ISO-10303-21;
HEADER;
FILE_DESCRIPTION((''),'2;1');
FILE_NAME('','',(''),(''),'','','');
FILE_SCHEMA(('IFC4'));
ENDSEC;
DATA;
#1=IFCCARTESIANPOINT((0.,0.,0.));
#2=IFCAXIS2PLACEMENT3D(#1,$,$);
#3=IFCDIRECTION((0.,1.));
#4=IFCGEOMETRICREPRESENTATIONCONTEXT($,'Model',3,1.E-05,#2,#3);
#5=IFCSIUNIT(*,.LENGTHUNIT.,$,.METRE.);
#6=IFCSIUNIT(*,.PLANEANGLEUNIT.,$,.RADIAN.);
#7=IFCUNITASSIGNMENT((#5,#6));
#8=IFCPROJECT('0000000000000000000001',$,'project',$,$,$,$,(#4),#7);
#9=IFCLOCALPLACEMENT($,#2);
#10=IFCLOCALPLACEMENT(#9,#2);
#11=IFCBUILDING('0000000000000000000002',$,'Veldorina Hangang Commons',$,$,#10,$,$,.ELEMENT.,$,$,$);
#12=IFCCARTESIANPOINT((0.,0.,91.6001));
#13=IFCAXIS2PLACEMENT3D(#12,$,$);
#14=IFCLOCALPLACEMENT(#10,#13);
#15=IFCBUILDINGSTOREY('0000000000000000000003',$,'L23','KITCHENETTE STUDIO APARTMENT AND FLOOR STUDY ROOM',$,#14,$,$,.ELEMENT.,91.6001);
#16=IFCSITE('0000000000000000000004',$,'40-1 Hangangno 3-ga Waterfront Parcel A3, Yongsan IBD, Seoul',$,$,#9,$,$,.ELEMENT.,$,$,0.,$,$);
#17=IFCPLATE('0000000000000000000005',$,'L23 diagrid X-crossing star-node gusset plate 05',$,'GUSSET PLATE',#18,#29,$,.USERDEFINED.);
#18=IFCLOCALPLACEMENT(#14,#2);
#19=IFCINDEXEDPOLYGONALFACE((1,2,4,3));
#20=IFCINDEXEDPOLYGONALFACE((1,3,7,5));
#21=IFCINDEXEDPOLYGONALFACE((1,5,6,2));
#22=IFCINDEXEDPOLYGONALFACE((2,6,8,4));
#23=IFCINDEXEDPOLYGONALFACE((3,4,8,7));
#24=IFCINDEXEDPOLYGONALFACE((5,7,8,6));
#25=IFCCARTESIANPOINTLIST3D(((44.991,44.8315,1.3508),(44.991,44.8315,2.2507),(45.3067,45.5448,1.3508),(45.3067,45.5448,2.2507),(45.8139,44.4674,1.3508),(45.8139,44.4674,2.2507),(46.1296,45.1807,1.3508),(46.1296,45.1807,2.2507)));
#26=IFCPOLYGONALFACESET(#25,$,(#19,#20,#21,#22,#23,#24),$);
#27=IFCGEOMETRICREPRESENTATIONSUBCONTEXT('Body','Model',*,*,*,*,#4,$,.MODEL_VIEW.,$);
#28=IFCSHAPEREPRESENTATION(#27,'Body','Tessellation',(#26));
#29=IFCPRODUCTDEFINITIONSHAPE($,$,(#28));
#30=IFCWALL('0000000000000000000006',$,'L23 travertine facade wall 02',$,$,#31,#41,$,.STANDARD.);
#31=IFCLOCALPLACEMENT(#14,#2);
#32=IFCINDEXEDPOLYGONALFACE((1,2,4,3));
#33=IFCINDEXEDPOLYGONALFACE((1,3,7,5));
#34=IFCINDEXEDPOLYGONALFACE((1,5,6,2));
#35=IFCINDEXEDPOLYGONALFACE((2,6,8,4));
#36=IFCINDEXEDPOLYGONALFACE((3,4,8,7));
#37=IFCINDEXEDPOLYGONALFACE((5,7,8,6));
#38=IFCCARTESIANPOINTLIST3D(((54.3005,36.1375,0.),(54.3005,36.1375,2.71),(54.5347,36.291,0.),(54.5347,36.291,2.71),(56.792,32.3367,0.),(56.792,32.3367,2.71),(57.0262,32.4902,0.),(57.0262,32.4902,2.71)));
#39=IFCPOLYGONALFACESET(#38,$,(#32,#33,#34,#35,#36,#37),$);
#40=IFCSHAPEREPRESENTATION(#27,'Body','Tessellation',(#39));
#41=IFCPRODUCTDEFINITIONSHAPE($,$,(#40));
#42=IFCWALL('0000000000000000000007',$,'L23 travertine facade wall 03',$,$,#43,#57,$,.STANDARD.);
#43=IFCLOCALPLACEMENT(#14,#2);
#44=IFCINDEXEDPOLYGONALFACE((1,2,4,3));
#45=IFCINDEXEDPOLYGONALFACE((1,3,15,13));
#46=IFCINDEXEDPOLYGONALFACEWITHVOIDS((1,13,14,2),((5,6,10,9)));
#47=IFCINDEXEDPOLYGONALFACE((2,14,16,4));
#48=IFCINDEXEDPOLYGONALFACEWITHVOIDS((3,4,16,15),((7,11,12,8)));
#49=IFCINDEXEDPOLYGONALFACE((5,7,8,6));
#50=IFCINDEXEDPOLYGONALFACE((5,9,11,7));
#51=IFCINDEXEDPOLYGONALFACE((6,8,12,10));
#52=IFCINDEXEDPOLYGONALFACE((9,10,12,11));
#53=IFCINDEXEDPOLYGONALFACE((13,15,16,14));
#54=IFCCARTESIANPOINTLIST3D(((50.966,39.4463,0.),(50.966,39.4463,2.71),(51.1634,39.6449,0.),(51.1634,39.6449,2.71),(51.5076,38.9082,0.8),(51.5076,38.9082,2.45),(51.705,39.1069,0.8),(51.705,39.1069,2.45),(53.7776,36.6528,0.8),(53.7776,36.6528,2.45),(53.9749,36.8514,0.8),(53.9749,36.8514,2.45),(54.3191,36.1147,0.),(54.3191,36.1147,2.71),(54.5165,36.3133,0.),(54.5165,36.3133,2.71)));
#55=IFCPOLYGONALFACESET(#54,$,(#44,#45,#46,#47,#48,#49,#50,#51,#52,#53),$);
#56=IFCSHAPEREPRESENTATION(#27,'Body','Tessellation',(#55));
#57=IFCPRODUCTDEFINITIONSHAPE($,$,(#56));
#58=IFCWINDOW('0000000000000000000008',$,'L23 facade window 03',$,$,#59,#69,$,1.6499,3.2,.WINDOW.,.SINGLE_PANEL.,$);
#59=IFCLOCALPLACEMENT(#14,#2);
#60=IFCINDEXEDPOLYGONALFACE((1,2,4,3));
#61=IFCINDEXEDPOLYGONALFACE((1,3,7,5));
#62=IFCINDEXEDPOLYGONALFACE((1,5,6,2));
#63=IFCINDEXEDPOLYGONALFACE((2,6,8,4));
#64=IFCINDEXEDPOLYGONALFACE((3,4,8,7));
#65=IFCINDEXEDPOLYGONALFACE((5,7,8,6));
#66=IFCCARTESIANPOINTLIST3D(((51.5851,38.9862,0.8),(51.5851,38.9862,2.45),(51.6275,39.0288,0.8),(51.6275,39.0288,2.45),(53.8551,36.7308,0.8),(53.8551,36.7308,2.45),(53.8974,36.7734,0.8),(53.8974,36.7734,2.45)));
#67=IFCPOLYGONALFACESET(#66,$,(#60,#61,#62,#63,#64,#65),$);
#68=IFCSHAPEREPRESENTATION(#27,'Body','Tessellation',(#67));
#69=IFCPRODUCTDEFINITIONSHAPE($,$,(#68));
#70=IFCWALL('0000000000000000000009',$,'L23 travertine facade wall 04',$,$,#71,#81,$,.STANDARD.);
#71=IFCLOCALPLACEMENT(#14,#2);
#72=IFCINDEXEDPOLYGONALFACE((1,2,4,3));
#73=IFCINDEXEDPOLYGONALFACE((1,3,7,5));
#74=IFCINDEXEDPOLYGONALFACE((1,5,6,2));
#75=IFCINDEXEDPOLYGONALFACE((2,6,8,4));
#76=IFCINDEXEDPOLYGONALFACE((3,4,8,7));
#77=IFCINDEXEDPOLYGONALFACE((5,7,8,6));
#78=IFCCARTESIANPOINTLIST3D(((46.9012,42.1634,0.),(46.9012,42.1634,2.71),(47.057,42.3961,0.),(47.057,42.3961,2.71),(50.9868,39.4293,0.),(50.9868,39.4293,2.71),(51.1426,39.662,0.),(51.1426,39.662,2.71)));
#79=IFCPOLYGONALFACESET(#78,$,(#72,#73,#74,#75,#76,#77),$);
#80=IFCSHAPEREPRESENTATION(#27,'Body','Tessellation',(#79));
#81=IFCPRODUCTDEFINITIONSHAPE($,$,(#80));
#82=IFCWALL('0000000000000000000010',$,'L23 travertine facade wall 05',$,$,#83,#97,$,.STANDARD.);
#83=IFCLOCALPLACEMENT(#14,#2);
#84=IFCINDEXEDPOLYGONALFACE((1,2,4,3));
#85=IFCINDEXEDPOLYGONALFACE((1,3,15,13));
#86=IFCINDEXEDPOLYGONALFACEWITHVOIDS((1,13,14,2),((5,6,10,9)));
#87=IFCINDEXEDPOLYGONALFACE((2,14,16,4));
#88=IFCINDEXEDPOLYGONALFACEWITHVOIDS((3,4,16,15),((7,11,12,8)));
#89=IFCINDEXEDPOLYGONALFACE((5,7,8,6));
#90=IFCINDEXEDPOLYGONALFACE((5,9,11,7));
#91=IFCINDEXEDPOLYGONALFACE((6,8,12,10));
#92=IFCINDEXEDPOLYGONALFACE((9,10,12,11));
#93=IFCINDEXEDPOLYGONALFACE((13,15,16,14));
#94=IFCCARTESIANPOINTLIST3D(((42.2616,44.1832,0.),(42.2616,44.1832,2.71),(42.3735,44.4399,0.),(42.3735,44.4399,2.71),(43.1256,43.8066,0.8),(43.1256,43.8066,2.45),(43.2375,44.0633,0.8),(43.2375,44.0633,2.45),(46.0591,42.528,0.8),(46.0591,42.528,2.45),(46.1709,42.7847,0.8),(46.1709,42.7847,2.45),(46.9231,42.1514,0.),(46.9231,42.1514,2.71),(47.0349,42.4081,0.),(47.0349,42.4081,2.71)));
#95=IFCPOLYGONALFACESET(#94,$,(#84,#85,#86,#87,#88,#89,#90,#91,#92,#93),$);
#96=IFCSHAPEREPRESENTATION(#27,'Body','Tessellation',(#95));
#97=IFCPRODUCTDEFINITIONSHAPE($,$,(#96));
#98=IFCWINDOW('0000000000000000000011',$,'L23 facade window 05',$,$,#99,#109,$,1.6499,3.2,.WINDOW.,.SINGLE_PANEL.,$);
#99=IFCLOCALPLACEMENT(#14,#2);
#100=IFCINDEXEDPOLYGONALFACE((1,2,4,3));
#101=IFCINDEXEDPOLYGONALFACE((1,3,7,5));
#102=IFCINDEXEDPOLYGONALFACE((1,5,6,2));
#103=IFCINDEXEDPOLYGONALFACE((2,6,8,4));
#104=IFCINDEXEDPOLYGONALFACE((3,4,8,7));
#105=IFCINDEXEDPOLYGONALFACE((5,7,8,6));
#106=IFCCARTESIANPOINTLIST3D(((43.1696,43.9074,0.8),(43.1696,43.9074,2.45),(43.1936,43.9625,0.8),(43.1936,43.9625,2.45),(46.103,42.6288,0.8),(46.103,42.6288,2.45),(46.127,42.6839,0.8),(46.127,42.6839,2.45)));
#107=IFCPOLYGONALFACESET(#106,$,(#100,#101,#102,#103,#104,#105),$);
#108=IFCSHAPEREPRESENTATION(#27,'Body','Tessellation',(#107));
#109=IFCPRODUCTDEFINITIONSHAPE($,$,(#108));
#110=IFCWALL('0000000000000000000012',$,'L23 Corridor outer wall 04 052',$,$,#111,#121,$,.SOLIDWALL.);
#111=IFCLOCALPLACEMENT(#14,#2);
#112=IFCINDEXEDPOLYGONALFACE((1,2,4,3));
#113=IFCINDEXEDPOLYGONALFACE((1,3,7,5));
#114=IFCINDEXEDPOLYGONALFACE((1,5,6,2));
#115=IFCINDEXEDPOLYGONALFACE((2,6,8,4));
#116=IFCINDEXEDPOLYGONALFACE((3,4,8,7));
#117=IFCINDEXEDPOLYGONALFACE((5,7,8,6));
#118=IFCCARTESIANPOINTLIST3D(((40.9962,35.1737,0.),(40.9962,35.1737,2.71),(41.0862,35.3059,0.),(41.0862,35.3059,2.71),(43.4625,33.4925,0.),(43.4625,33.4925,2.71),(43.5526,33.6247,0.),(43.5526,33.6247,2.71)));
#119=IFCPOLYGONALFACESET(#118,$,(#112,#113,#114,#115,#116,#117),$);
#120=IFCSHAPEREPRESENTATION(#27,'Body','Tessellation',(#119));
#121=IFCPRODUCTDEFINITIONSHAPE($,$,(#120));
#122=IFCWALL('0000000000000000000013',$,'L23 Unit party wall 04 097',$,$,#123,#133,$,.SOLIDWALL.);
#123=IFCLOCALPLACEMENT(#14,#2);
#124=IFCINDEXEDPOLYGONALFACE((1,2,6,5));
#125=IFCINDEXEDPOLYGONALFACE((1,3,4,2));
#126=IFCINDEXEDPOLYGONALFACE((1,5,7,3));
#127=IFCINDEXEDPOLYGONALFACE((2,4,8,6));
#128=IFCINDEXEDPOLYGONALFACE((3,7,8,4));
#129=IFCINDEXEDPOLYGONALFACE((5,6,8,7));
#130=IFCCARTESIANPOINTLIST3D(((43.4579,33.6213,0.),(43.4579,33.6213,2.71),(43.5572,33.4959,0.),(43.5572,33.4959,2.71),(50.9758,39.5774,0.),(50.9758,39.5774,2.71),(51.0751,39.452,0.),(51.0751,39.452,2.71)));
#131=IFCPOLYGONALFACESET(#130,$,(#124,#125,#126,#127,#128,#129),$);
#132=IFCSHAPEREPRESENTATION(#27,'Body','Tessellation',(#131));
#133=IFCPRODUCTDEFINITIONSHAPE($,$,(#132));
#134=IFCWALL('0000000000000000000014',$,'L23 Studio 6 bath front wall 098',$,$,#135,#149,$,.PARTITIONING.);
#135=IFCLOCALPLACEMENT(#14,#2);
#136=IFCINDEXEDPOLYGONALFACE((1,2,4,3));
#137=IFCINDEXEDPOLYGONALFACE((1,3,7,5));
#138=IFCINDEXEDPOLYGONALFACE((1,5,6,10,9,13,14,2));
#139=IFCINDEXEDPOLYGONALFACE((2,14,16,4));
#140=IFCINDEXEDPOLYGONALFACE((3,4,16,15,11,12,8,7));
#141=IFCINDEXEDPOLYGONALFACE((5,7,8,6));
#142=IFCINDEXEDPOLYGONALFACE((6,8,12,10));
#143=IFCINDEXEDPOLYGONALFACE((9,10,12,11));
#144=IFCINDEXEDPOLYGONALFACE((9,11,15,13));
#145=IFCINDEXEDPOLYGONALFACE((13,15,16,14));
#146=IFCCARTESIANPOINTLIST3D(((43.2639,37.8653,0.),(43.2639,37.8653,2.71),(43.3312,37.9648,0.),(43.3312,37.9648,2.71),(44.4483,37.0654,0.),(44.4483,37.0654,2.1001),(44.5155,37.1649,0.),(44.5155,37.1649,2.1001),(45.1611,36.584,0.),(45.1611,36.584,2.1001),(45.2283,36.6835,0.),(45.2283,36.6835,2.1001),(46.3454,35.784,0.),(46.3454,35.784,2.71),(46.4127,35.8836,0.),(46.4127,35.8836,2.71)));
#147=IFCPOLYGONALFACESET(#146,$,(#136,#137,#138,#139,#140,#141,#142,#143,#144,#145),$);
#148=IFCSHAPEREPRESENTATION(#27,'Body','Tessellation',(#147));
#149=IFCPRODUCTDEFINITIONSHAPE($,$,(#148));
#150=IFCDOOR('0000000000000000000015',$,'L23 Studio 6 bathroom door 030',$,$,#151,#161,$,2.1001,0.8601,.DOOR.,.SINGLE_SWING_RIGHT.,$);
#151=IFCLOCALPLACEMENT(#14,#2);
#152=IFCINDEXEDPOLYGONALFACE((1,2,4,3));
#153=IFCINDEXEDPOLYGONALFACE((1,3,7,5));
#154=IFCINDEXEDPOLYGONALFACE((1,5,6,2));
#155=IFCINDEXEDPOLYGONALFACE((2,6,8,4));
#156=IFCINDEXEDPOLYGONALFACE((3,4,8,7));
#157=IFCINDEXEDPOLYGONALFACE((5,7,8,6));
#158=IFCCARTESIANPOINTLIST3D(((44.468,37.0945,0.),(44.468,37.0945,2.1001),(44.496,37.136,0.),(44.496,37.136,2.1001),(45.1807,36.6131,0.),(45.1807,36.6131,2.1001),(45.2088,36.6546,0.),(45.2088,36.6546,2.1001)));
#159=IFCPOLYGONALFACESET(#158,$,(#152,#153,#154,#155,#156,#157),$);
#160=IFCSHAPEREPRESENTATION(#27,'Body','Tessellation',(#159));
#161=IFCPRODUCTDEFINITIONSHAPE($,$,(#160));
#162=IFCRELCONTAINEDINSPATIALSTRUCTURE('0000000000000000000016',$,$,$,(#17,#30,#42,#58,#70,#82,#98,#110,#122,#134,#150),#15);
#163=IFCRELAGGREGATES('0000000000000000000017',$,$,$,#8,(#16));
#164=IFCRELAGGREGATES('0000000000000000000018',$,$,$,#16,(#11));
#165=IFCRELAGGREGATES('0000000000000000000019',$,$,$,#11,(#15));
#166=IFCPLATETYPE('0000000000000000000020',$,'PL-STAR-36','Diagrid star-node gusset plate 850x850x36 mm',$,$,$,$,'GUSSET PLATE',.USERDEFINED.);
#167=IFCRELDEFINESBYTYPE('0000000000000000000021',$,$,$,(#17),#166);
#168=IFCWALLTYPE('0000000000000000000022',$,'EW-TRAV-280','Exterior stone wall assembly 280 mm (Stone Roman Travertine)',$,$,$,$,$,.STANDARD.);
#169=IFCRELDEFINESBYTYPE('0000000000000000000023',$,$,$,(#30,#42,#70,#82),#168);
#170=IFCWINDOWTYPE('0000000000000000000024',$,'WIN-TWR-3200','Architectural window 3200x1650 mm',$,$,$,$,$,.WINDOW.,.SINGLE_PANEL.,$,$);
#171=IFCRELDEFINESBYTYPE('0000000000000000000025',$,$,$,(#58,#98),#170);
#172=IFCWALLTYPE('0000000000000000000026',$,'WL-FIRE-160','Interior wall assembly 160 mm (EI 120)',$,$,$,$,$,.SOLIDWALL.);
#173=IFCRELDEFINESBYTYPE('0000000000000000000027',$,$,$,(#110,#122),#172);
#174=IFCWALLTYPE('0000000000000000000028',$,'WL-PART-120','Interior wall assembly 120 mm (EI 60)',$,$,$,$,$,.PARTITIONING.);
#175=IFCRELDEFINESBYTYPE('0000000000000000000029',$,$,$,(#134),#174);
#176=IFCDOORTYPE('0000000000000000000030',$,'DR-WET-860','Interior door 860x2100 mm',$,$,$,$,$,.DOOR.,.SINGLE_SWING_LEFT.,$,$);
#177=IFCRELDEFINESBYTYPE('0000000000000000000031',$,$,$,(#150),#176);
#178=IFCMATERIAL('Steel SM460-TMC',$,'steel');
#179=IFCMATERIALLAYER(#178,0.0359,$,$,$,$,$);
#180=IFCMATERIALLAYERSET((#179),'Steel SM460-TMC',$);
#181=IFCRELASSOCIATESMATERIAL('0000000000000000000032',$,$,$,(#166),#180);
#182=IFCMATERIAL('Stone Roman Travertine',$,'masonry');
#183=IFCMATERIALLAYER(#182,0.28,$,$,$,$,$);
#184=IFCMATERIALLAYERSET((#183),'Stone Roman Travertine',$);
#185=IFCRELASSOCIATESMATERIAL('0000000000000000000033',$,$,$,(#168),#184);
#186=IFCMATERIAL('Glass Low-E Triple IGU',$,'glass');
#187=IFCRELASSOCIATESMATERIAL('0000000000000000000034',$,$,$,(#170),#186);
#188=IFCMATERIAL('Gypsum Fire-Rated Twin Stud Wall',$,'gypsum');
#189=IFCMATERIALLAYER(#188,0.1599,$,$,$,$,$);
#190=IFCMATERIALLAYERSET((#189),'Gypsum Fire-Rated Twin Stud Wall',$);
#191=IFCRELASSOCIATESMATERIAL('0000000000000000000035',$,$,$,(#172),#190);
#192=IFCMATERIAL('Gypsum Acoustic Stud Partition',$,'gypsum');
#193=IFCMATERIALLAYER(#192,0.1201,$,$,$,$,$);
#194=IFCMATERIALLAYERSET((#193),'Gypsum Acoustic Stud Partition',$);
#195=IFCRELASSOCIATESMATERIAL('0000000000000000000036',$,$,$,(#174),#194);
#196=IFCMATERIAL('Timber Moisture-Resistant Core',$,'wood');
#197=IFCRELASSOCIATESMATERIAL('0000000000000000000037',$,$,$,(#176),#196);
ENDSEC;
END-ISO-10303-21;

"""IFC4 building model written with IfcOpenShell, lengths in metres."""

from ifc_helpers import new_model, si_unit, direction, frame, frame_2d, origin, origin_2d, place, context, subcontext, project, spatial, rectangle, extrude, material, layer, layer_set, type_object, element, fill, save


model = new_model("IFC4")

# Units and contexts
model_context = context("Model", 3, precision=1e-05, world=origin(), true_north=direction((0.0, 1.0)))
body_context = subcontext(model_context, "Body", "Model", "MODEL_VIEW")
ifc_project = project(units=[si_unit("LENGTHUNIT", "METRE"), si_unit("PLANEANGLEUNIT", "RADIAN")], contexts=[model_context])

# Site, building, storey
site_placement = place(None, origin())
site = spatial("IfcSite", under=ifc_project, at=site_placement, Name="40-1 Hangangno 3-ga Waterfront Parcel A3, Yongsan IBD, Seoul", CompositionType="ELEMENT", RefElevation=0.0)
building_placement = place(site_placement, origin())
building = spatial("IfcBuilding", under=site, at=building_placement, Name="Veldorina Hangang Commons", CompositionType="ELEMENT")
storey_placement = place(building_placement, frame((0.0, 0.0, 91.6001)))
storey = spatial("IfcBuildingStorey", under=building, at=storey_placement, Name="L23", Description="KITCHENETTE STUDIO APARTMENT AND FLOOR STUDY ROOM", CompositionType="ELEMENT", Elevation=91.6001)

# Shared definitions
ifc_material_1 = material(Name="Steel SM460-TMC", Category="steel")

# Plate
ifc_layer_1 = layer(ifc_material_1, 0.0359)
ifc_layer_set_1 = layer_set([ifc_layer_1], Name="Steel SM460-TMC")
plate_type = type_object("IfcPlateType", Name="PL-STAR-36", Description="Diagrid star-node gusset plate 850x850x36 mm", ElementType="GUSSET PLATE", PredefinedType="USERDEFINED", material=ifc_layer_set_1)
plate_1_placement = place(storey_placement, frame((45.5603, 45.0061, 1.3508), z_axis=(0.0, 0.0, 1.0), x_axis=(-0.914452, 0.404695, 0.0)))
element("IfcPlate", 1, at=plate_1_placement, inside=storey, type_object=plate_type, Name="L23 diagrid X-crossing star-node gusset plate 05", ObjectType="GUSSET PLATE", PredefinedType="USERDEFINED", context=body_context, shape_type="SweptSolid", body=[
    extrude(rectangle(XDim=0.8999, YDim=0.78, at=origin_2d()), origin(), (0.0, 0.0, 1.0), 0.8999),
])

# Wall
ifc_material_2 = material(Name="Stone Roman Travertine", Category="masonry")
ifc_layer_2 = layer(ifc_material_2, 0.28)
ifc_layer_set_2 = layer_set([ifc_layer_2], Name="Stone Roman Travertine")
wall_type_1 = type_object("IfcWallType", Name="EW-TRAV-280", Description="Exterior stone wall assembly 280 mm (Stone Roman Travertine)", PredefinedType="STANDARD", material=ifc_layer_set_2)
wall_1_placement = place(storey_placement, frame((56.9092, 32.4133, 0.0), z_axis=(0.0, 0.0, 1.0), x_axis=(-0.548225, 0.836331, 0.0)))
element("IfcWall", 2, at=wall_1_placement, inside=storey, type_object=wall_type_1, Name="L23 travertine facade wall 02", PredefinedType="STANDARD", context=body_context, shape_type="SweptSolid", body=[
    extrude(rectangle(XDim=4.5447, YDim=0.28, at=frame_2d((2.2725, 0.0))), origin(), (0.0, 0.0, 1.0), 2.71),
])

# Wall, opening, window
wall_2_placement = place(storey_placement, frame((54.4177, 36.2141, 0.0), z_axis=(0.0, 0.0, 1.0), x_axis=(-0.709376, 0.70483, 0.0)))
wall_2 = element("IfcWall", 3, at=wall_2_placement, inside=storey, type_object=wall_type_1, Name="L23 travertine facade wall 03", PredefinedType="STANDARD", context=body_context, shape_type="SweptSolid", body=[
    extrude(rectangle(XDim=4.7268, YDim=0.28, at=frame_2d((2.3633, 0.0))), origin(), (0.0, 0.0, 1.0), 2.71),
])
opening_1_placement = place(wall_2_placement, frame((0.7632, 0.0, 0.8)))
opening_1 = element("IfcOpeningElement", 4, at=opening_1_placement, cuts=wall_2, PredefinedType="OPENING", context=body_context, shape_type="SweptSolid", body=[
    extrude(rectangle(XDim=3.2, YDim=1.6499, at=frame_2d((1.6001, 0.825))), frame((0.0, 0.1499, 0.0), z_axis=(0.0, -1.0, 0.0), x_axis=(1.0, 0.0, 0.0)), (0.0, 0.0, 1.0), 0.3),
])
ifc_material_3 = material(Name="Glass Low-E Triple IGU", Category="glass")
window_type = type_object("IfcWindowType", Name="WIN-TWR-3200", Description="Architectural window 3200x1650 mm", PartitioningType="SINGLE_PANEL", PredefinedType="WINDOW", material=ifc_material_3)
window_1_placement = place(opening_1_placement, origin())
window_1 = element("IfcWindow", 5, at=window_1_placement, inside=storey, type_object=window_type, Name="L23 facade window 03", OverallHeight=1.6499, OverallWidth=3.2, PartitioningType="SINGLE_PANEL", PredefinedType="WINDOW", context=body_context, shape_type="SweptSolid", body=[
    extrude(rectangle(XDim=3.2, YDim=1.6499, at=frame_2d((1.6001, 0.825))), frame((0.0, 0.03, 0.0), z_axis=(0.0, -1.0, 0.0), x_axis=(1.0, 0.0, 0.0)), (0.0, 0.0, 1.0), 0.0601),
])
fill(opening_1, window_1)

# Wall
wall_3_placement = place(storey_placement, frame((51.0647, 39.5457, 0.0), z_axis=(0.0, 0.0, 1.0), x_axis=(-0.831079, 0.556155, 0.0)))
element("IfcWall", 6, at=wall_3_placement, inside=storey, type_object=wall_type_1, Name="L23 travertine facade wall 04", PredefinedType="STANDARD", context=body_context, shape_type="SweptSolid", body=[
    extrude(rectangle(XDim=4.916, YDim=0.28, at=frame_2d((2.458, 0.0))), origin(), (0.0, 0.0, 1.0), 2.71),
])

# Wall, opening, window
wall_4_placement = place(storey_placement, frame((46.979, 42.2798, 0.0), z_axis=(0.0, 0.0, 1.0), x_axis=(-0.916706, 0.399562, 0.0)))
wall_4 = element("IfcWall", 7, at=wall_4_placement, inside=storey, type_object=wall_type_1, Name="L23 travertine facade wall 05", PredefinedType="STANDARD", context=body_context, shape_type="SweptSolid", body=[
    extrude(rectangle(XDim=5.085, YDim=0.28, at=frame_2d((2.5425, 0.0))), origin(), (0.0, 0.0, 1.0), 2.71),
])
opening_2_placement = place(wall_4_placement, frame((0.9424, 0.0, 0.8)))
opening_2 = element("IfcOpeningElement", 8, at=opening_2_placement, cuts=wall_4, PredefinedType="OPENING", context=body_context, shape_type="SweptSolid", body=[
    extrude(rectangle(XDim=3.2, YDim=1.6499, at=frame_2d((1.6001, 0.825))), frame((0.0, 0.1499, 0.0), z_axis=(0.0, -1.0, 0.0), x_axis=(1.0, 0.0, 0.0)), (0.0, 0.0, 1.0), 0.3),
])
window_2_placement = place(opening_2_placement, origin())
window_2 = element("IfcWindow", 9, at=window_2_placement, inside=storey, type_object=window_type, Name="L23 facade window 05", OverallHeight=1.6499, OverallWidth=3.2, PartitioningType="SINGLE_PANEL", PredefinedType="WINDOW", context=body_context, shape_type="SweptSolid", body=[
    extrude(rectangle(XDim=3.2, YDim=1.6499, at=frame_2d((1.6001, 0.825))), frame((0.0, 0.03, 0.0), z_axis=(0.0, -1.0, 0.0), x_axis=(1.0, 0.0, 0.0)), (0.0, 0.0, 1.0), 0.0601),
])
fill(opening_2, window_2)

# Walls
ifc_material_4 = material(Name="Gypsum Fire-Rated Twin Stud Wall", Category="gypsum")
ifc_layer_3 = layer(ifc_material_4, 0.1599)
ifc_layer_set_3 = layer_set([ifc_layer_3], Name="Gypsum Fire-Rated Twin Stud Wall")
wall_type_2 = type_object("IfcWallType", Name="WL-FIRE-160", Description="Interior wall assembly 160 mm (EI 120)", PredefinedType="SOLIDWALL", material=ifc_layer_set_3)
wall_5_placement = place(storey_placement, frame((43.5076, 33.5586, 0.0), z_axis=(0.0, 0.0, 1.0), x_axis=(-0.826293, 0.56324, 0.0)))
element("IfcWall", 10, at=wall_5_placement, inside=storey, type_object=wall_type_2, Name="L23 Corridor outer wall 04 052", PredefinedType="SOLIDWALL", context=body_context, shape_type="SweptSolid", body=[
    extrude(rectangle(XDim=2.9849, YDim=0.1599, at=frame_2d((1.4924, 0.0))), origin(), (0.0, 0.0, 1.0), 2.71),
])
wall_6_placement = place(storey_placement, frame((43.5076, 33.5586, 0.0), z_axis=(0.0, 0.0, 1.0), x_axis=(0.78382, 0.620988, 0.0)))
element("IfcWall", 11, at=wall_6_placement, inside=storey, type_object=wall_type_2, Name="L23 Unit party wall 04 097", PredefinedType="SOLIDWALL", context=body_context, shape_type="SweptSolid", body=[
    extrude(rectangle(XDim=9.5913, YDim=0.1599, at=frame_2d((4.7957, 0.0))), origin(), (0.0, 0.0, 1.0), 2.71),
])

# Wall, opening, door
ifc_material_5 = material(Name="Gypsum Acoustic Stud Partition", Category="gypsum")
ifc_layer_4 = layer(ifc_material_5, 0.1201)
ifc_layer_set_4 = layer_set([ifc_layer_4], Name="Gypsum Acoustic Stud Partition")
wall_type_3 = type_object("IfcWallType", Name="WL-PART-120", Description="Interior wall assembly 120 mm (EI 60)", PredefinedType="PARTITIONING", material=ifc_layer_set_4)
wall_7_placement = place(storey_placement, frame((46.3792, 35.8337, 0.0), z_axis=(0.0, 0.0, 1.0), x_axis=(-0.828692, 0.559705, 0.0)))
wall_7 = element("IfcWall", 12, at=wall_7_placement, inside=storey, type_object=wall_type_3, Name="L23 Studio 6 bath front wall 098", PredefinedType="PARTITIONING", context=body_context, shape_type="SweptSolid", body=[
    extrude(rectangle(XDim=3.7185, YDim=0.1201, at=frame_2d((1.8594, 0.0))), origin(), (0.0, 0.0, 1.0), 2.71),
])
opening_3_placement = place(wall_7_placement, frame((1.4292, 0.0, 0.0)))
opening_3 = element("IfcOpeningElement", 13, at=opening_3_placement, cuts=wall_7, PredefinedType="OPENING", context=body_context, shape_type="SweptSolid", body=[
    extrude(rectangle(XDim=0.8601, YDim=2.1001, at=frame_2d((0.4302, 1.05))), frame((0.0, 0.0701, 0.0), z_axis=(0.0, -1.0, 0.0), x_axis=(1.0, 0.0, 0.0)), (0.0, 0.0, 1.0), 0.1401),
])
ifc_material_6 = material(Name="Timber Moisture-Resistant Core", Category="wood")
door_type = type_object("IfcDoorType", Name="DR-WET-860", Description="Interior door 860x2100 mm", OperationType="SINGLE_SWING_LEFT", PredefinedType="DOOR", material=ifc_material_6)
door_placement = place(opening_3_placement, origin())
door = element("IfcDoor", 14, at=door_placement, inside=storey, type_object=door_type, Name="L23 Studio 6 bathroom door 030", OperationType="SINGLE_SWING_RIGHT", OverallHeight=2.1001, OverallWidth=0.8601, PredefinedType="DOOR", context=body_context, shape_type="SweptSolid", body=[
    extrude(rectangle(XDim=0.8601, YDim=2.1001, at=frame_2d((0.4302, 1.05))), frame((0.0, 0.0249, 0.0), z_axis=(0.0, -1.0, 0.0), x_axis=(1.0, 0.0, 0.0)), (0.0, 0.0, 1.0), 0.05),
])
fill(opening_3, door)

save(model, "model.ifc")
